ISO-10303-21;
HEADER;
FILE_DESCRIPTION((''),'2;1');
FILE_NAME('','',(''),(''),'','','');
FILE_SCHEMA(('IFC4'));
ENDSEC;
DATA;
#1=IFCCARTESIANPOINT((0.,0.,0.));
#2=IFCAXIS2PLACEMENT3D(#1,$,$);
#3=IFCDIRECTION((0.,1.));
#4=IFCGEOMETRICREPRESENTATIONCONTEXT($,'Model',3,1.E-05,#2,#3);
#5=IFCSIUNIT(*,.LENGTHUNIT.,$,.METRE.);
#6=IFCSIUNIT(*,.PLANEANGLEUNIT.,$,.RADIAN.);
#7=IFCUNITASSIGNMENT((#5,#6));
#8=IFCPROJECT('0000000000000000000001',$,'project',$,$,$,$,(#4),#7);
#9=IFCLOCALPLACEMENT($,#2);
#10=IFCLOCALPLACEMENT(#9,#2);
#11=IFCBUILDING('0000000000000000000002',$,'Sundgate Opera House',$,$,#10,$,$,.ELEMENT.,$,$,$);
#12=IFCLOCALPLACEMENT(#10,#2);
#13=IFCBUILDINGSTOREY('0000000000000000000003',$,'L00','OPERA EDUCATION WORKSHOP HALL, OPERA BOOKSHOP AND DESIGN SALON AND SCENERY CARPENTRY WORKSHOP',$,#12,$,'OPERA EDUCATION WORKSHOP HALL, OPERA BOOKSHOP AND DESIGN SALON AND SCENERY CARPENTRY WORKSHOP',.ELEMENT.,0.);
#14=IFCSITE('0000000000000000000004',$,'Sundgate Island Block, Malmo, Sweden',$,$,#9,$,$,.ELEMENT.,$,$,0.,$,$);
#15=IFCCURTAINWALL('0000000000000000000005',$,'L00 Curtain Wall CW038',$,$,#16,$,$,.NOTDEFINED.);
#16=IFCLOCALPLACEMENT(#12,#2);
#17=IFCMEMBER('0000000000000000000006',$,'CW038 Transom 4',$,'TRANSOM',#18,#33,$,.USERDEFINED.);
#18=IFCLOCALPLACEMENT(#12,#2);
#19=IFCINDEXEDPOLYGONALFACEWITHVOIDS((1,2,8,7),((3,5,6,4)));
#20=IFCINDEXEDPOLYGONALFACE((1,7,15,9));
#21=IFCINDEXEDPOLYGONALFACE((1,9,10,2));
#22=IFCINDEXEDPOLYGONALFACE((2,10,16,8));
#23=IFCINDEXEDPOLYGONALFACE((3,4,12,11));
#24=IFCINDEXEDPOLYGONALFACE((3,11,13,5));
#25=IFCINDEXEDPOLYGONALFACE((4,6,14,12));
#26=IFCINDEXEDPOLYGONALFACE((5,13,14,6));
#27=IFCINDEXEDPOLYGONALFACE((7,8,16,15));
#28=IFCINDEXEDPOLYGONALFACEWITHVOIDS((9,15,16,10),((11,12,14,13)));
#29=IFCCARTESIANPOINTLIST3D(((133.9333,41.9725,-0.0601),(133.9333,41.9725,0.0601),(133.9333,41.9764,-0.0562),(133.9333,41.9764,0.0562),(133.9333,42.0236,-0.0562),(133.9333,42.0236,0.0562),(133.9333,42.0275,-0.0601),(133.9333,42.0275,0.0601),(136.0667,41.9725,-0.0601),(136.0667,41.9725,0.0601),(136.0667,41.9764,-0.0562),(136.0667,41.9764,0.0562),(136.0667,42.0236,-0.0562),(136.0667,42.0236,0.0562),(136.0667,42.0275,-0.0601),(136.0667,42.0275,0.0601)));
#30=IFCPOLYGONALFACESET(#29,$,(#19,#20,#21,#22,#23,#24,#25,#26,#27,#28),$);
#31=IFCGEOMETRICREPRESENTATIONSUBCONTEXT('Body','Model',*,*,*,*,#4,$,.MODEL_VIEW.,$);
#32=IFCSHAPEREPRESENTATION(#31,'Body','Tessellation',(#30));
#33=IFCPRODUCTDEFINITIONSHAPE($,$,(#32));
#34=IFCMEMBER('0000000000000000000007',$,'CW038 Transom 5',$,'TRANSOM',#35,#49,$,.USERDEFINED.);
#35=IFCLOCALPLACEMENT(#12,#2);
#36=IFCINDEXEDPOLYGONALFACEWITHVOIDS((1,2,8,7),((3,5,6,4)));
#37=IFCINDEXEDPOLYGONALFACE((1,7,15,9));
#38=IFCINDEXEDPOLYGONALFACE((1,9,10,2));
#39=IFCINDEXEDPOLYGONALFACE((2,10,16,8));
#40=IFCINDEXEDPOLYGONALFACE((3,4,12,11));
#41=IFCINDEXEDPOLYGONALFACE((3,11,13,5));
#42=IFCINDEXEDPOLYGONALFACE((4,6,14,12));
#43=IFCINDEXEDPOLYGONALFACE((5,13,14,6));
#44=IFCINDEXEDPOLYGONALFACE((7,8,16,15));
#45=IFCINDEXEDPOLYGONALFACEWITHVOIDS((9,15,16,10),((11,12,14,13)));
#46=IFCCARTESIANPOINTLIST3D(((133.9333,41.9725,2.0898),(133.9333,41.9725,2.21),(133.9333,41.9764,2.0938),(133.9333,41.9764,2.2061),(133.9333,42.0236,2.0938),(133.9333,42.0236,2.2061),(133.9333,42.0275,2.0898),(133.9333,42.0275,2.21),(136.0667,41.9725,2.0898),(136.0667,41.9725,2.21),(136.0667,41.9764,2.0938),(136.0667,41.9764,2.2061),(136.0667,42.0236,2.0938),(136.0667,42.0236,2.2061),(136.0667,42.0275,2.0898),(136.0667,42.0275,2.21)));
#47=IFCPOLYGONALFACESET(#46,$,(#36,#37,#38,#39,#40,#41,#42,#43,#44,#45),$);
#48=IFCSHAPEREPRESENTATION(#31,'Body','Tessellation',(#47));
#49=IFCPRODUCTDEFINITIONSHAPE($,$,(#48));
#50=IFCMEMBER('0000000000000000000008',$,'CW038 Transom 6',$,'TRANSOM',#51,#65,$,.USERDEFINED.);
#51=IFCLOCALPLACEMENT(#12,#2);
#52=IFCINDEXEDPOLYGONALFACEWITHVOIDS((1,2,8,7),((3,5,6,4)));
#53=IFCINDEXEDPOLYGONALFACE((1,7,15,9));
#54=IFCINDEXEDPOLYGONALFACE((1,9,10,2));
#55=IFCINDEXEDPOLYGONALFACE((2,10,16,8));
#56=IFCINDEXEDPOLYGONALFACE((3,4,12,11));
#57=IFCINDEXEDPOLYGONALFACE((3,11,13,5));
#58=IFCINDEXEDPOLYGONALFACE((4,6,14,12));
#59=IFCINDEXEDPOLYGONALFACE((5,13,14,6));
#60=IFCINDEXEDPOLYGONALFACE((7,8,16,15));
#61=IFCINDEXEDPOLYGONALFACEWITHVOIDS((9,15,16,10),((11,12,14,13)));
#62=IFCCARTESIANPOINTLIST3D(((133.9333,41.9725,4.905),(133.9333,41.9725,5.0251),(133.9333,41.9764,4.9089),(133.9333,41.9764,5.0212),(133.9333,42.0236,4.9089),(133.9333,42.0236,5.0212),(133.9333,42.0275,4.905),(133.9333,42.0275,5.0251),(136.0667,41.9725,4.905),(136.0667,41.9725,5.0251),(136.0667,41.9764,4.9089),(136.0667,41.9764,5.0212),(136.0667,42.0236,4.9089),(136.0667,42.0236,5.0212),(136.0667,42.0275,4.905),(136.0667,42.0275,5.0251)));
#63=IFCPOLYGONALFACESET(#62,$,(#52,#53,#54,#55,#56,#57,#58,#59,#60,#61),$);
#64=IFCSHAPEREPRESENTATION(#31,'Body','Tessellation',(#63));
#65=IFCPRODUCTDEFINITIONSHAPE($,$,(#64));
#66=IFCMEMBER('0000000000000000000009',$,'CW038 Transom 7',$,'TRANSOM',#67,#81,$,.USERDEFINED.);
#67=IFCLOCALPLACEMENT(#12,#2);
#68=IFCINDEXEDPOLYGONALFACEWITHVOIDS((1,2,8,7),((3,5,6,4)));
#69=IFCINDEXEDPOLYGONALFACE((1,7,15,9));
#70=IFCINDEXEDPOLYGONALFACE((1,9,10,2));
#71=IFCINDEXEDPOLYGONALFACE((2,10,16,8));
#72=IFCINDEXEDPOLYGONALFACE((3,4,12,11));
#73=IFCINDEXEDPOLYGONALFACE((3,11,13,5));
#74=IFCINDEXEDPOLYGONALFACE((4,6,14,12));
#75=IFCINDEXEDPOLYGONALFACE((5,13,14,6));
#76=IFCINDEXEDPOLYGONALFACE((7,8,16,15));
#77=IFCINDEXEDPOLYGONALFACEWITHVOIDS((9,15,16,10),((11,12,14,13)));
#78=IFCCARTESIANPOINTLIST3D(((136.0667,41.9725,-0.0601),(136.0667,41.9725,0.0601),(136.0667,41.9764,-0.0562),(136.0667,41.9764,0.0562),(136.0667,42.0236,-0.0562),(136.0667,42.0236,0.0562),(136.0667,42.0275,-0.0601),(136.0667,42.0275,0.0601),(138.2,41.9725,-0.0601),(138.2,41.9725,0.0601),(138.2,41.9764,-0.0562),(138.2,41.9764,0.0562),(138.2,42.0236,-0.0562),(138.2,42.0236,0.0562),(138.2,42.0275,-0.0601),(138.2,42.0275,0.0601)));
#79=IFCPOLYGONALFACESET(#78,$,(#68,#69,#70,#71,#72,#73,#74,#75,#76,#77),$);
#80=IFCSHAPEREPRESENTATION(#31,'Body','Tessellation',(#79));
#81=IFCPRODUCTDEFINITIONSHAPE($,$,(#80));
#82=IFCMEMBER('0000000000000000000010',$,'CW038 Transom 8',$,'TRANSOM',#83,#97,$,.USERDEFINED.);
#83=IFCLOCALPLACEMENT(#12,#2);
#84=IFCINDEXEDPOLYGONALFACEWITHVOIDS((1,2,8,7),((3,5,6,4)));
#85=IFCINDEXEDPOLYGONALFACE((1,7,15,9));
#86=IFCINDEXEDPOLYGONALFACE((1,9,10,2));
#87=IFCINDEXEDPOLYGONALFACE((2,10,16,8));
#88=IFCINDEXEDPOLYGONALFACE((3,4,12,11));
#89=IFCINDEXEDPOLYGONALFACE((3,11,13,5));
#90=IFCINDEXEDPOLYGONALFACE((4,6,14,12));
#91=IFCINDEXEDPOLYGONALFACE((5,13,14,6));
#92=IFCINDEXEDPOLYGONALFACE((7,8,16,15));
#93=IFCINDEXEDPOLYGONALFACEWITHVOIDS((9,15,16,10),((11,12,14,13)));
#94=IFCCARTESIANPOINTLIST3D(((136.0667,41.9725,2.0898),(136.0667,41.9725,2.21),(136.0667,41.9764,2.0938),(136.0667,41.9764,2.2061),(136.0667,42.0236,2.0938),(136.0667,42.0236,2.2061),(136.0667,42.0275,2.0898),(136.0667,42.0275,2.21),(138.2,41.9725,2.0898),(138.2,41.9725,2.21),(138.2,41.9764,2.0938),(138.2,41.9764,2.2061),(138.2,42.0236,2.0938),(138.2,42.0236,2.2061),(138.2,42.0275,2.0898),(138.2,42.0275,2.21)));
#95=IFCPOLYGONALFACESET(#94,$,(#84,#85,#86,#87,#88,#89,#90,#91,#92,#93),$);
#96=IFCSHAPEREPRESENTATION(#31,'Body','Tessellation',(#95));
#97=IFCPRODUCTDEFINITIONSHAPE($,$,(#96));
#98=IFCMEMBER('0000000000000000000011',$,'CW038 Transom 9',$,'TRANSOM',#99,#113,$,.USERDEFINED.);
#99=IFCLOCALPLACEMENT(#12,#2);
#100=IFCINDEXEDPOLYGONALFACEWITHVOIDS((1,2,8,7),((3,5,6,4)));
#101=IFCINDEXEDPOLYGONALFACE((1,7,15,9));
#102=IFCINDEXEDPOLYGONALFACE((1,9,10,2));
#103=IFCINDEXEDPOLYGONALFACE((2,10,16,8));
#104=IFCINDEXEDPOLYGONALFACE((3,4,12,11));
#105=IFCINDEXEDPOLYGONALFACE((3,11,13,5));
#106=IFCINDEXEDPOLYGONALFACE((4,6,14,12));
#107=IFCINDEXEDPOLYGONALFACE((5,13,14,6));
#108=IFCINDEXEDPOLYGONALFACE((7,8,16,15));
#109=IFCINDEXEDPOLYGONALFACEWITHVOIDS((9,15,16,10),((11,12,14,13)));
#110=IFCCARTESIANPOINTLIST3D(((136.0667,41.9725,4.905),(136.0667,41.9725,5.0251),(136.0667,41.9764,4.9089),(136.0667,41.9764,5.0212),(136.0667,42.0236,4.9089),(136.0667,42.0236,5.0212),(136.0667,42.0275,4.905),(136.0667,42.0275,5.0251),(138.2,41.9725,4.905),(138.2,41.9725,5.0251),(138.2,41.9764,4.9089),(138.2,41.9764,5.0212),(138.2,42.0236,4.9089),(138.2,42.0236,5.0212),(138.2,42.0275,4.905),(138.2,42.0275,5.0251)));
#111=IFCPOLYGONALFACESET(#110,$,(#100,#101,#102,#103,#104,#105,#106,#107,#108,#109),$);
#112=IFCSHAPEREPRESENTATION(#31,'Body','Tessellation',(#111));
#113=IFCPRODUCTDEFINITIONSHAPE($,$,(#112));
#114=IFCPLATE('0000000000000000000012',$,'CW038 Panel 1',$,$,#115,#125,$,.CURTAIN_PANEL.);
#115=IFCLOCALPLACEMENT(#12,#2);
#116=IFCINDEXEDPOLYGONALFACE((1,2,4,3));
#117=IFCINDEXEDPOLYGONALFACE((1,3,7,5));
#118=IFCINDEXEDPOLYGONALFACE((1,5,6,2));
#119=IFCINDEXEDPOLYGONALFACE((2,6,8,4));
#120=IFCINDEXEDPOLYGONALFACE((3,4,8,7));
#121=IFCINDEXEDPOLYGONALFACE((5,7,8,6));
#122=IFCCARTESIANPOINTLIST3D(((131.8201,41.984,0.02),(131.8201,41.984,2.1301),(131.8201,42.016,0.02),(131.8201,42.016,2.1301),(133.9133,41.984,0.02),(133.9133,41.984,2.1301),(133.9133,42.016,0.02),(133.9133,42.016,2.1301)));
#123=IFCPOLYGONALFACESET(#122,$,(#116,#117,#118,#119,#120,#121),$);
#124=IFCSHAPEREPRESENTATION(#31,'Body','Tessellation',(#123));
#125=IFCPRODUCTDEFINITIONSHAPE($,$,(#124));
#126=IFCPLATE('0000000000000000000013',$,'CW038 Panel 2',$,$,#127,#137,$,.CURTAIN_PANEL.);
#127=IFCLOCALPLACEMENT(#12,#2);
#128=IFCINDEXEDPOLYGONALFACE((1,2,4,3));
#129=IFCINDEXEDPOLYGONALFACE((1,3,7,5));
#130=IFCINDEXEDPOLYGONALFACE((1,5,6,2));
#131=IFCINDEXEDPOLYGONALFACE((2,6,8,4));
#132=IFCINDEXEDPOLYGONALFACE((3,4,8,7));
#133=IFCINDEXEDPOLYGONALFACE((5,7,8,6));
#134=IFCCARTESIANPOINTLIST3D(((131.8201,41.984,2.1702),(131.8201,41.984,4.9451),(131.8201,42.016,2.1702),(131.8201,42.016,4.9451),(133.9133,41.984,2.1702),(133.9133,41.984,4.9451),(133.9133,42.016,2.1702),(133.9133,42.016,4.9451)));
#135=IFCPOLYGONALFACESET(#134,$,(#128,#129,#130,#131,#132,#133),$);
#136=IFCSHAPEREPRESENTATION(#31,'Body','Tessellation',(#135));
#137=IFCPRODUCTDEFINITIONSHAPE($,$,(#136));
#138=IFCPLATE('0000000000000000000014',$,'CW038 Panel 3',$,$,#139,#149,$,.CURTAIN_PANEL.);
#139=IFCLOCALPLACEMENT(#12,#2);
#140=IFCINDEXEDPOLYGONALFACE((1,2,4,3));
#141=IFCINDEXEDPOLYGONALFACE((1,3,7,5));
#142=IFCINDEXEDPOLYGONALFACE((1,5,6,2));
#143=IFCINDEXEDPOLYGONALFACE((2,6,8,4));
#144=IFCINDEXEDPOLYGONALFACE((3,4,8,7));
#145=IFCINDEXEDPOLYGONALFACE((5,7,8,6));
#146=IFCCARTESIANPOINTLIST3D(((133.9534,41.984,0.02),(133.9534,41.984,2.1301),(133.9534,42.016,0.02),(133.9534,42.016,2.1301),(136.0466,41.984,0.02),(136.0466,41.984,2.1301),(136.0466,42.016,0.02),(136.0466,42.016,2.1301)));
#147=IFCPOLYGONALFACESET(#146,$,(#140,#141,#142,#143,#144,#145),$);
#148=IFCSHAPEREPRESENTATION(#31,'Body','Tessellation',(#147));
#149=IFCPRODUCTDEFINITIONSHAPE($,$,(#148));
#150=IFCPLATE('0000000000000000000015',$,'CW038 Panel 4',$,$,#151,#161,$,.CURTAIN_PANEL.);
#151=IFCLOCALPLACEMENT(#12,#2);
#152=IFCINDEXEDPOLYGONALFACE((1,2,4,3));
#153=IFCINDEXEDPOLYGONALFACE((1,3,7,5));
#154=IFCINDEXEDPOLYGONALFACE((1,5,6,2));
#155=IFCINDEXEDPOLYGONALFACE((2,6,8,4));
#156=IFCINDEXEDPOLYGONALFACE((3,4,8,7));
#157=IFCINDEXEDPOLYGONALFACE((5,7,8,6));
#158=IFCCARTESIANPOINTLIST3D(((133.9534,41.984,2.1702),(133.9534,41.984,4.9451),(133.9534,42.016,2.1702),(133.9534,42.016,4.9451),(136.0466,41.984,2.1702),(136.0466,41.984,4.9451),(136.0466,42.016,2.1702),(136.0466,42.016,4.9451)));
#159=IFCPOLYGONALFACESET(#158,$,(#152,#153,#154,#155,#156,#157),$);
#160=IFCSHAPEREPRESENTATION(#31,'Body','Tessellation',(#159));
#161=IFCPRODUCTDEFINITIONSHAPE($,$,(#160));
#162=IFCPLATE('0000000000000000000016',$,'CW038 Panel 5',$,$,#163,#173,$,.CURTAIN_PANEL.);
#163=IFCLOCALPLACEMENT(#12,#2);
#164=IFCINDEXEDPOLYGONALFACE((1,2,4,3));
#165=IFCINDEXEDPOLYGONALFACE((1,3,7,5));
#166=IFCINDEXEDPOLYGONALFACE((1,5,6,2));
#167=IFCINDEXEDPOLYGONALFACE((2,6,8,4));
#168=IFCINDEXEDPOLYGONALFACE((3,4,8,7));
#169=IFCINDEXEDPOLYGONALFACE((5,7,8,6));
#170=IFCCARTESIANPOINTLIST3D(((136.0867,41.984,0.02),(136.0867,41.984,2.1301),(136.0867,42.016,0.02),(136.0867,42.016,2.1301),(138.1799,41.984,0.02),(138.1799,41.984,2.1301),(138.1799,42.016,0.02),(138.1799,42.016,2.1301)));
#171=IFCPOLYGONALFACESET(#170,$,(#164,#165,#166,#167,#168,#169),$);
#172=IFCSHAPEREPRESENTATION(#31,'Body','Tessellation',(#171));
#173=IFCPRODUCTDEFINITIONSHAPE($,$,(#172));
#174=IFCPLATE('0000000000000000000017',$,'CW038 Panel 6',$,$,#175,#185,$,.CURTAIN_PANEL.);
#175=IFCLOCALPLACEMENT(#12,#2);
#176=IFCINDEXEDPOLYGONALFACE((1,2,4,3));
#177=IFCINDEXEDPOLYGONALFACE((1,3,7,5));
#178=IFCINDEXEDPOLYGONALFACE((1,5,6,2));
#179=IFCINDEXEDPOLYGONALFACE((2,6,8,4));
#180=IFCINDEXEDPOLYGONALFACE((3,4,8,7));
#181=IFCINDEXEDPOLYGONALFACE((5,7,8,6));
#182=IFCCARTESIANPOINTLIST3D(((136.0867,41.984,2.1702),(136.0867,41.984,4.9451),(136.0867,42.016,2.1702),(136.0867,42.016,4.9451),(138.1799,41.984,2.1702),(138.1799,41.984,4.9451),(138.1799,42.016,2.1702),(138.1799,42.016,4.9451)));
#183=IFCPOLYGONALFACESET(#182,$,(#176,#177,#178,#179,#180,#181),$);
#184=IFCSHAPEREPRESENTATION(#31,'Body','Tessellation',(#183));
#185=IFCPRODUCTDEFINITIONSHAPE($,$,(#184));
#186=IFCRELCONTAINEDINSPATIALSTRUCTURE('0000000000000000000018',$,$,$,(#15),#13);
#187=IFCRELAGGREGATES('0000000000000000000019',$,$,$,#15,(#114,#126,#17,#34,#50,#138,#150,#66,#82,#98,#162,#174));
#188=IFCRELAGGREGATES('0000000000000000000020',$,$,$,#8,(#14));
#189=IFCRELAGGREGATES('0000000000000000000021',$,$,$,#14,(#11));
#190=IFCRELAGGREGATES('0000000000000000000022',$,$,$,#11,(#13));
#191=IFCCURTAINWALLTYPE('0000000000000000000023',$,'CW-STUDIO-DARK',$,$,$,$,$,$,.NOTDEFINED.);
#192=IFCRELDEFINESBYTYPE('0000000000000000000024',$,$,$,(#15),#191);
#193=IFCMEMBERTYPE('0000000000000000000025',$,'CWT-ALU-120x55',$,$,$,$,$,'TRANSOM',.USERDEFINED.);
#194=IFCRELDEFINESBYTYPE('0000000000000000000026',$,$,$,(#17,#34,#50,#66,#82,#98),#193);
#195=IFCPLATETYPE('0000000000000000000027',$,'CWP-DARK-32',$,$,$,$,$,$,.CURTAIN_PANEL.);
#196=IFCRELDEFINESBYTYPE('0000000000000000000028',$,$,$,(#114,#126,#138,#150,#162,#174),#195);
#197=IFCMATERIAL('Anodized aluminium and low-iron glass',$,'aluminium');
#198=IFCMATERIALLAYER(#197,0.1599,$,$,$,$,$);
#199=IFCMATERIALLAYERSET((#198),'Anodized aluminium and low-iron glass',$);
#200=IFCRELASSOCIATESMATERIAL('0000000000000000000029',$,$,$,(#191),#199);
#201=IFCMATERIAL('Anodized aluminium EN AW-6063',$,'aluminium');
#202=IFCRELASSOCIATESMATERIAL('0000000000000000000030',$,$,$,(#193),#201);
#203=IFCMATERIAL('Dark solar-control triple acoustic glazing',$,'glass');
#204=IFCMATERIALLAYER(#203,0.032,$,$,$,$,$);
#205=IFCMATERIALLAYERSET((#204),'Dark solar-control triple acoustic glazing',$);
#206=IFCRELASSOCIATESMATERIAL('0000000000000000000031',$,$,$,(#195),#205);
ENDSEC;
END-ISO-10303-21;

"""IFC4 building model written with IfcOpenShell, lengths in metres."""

from ifc_helpers import new_model, si_unit, direction, frame, origin, origin_2d, place, context, subcontext, project, spatial, rectangle, hollow_rectangle, extrude, material, layer, layer_set, material_profile, profile_set, type_object, element, aggregate, save


model = new_model("IFC4")

# Units and contexts
model_context = context("Model", 3, precision=1e-05, world=origin(), true_north=direction((0.0, 1.0)))
body_context = subcontext(model_context, "Body", "Model", "MODEL_VIEW")
ifc_project = project(units=[si_unit("LENGTHUNIT", "METRE"), si_unit("PLANEANGLEUNIT", "RADIAN")], contexts=[model_context])

# Site, building, storey
site_placement = place(None, origin())
site = spatial("IfcSite", under=ifc_project, at=site_placement, Name="Sundgate Island Block, Malmo, Sweden", CompositionType="ELEMENT", RefElevation=0.0)
building_placement = place(site_placement, origin())
building = spatial("IfcBuilding", under=site, at=building_placement, Name="Sundgate Opera House", CompositionType="ELEMENT")
storey_placement = place(building_placement, origin())
storey = spatial("IfcBuildingStorey", under=building, at=storey_placement, Name="L00", Description="OPERA EDUCATION WORKSHOP HALL, OPERA BOOKSHOP AND DESIGN SALON AND SCENERY CARPENTRY WORKSHOP", LongName="OPERA EDUCATION WORKSHOP HALL, OPERA BOOKSHOP AND DESIGN SALON AND SCENERY CARPENTRY WORKSHOP", CompositionType="ELEMENT", Elevation=0.0)

# Shared definitions
ifc_material_1 = material(Name="Anodized aluminium and low-iron glass", Category="aluminium")
ifc_layer_1 = layer(ifc_material_1, 0.1599)
ifc_layer_set_1 = layer_set([ifc_layer_1], Name="Anodized aluminium and low-iron glass")
curtain_wall_type = type_object("IfcCurtainWallType", Name="CW-STUDIO-DARK", PredefinedType="NOTDEFINED", material=ifc_layer_set_1)

# Curtain wall, members, plates
curtain_wall_1_placement = place(storey_placement, origin())
curtain_wall_1 = element("IfcCurtainWall", 1, at=curtain_wall_1_placement, inside=storey, type_object=curtain_wall_type, Name="L00 Curtain Wall CW038", PredefinedType="NOTDEFINED")
ifc_material_2 = material(Name="Anodized aluminium EN AW-6063", Category="aluminium")
ifc_material_profile_1 = material_profile(ifc_material_2, hollow_rectangle(XDim=0.0549, YDim=0.1201, WallThickness=0.0039, at=origin_2d()), Name="CWT 120x55x4")
ifc_profile_set_1 = profile_set([ifc_material_profile_1], Name="Anodized aluminium EN AW-6063")
member_type_1 = type_object("IfcMemberType", Name="CWT-ALU-120x55", ElementType="TRANSOM", PredefinedType="USERDEFINED", material=ifc_profile_set_1)
member_1_placement = place(storey_placement, frame((133.9333, 42.0, 0.0), z_axis=(1.0, 0.0, 0.0), x_axis=(0.0, 1.0, 0.0)))
member_1 = element("IfcMember", 2, at=member_1_placement, type_object=member_type_1, Name="CW038 Transom 4", ObjectType="TRANSOM", PredefinedType="USERDEFINED", context=body_context, shape_type="SweptSolid", body=[
    extrude(hollow_rectangle(XDim=0.0549, YDim=0.1201, WallThickness=0.0039, at=origin_2d()), origin(), (0.0, 0.0, 1.0), 2.1333),
])
member_2_placement = place(storey_placement, frame((133.9333, 42.0, 2.1499), z_axis=(1.0, 0.0, 0.0), x_axis=(0.0, 1.0, 0.0)))
member_2 = element("IfcMember", 3, at=member_2_placement, type_object=member_type_1, Name="CW038 Transom 5", ObjectType="TRANSOM", PredefinedType="USERDEFINED", context=body_context, shape_type="SweptSolid", body=[
    extrude(hollow_rectangle(XDim=0.0549, YDim=0.1201, WallThickness=0.0039, at=origin_2d()), origin(), (0.0, 0.0, 1.0), 2.1333),
])
member_3_placement = place(storey_placement, frame((133.9333, 42.0, 4.9651), z_axis=(1.0, 0.0, 0.0), x_axis=(0.0, 1.0, 0.0)))
member_3 = element("IfcMember", 4, at=member_3_placement, type_object=member_type_1, Name="CW038 Transom 6", ObjectType="TRANSOM", PredefinedType="USERDEFINED", context=body_context, shape_type="SweptSolid", body=[
    extrude(hollow_rectangle(XDim=0.0549, YDim=0.1201, WallThickness=0.0039, at=origin_2d()), origin(), (0.0, 0.0, 1.0), 2.1333),
])
member_4_placement = place(storey_placement, frame((136.0667, 42.0, 0.0), z_axis=(1.0, 0.0, 0.0), x_axis=(0.0, 1.0, 0.0)))
member_4 = element("IfcMember", 5, at=member_4_placement, type_object=member_type_1, Name="CW038 Transom 7", ObjectType="TRANSOM", PredefinedType="USERDEFINED", context=body_context, shape_type="SweptSolid", body=[
    extrude(hollow_rectangle(XDim=0.0549, YDim=0.1201, WallThickness=0.0039, at=origin_2d()), origin(), (0.0, 0.0, 1.0), 2.1333),
])
member_5_placement = place(storey_placement, frame((136.0667, 42.0, 2.1499), z_axis=(1.0, 0.0, 0.0), x_axis=(0.0, 1.0, 0.0)))
member_5 = element("IfcMember", 6, at=member_5_placement, type_object=member_type_1, Name="CW038 Transom 8", ObjectType="TRANSOM", PredefinedType="USERDEFINED", context=body_context, shape_type="SweptSolid", body=[
    extrude(hollow_rectangle(XDim=0.0549, YDim=0.1201, WallThickness=0.0039, at=origin_2d()), origin(), (0.0, 0.0, 1.0), 2.1333),
])
member_6_placement = place(storey_placement, frame((136.0667, 42.0, 4.9651), z_axis=(1.0, 0.0, 0.0), x_axis=(0.0, 1.0, 0.0)))
member_6 = element("IfcMember", 7, at=member_6_placement, type_object=member_type_1, Name="CW038 Transom 9", ObjectType="TRANSOM", PredefinedType="USERDEFINED", context=body_context, shape_type="SweptSolid", body=[
    extrude(hollow_rectangle(XDim=0.0549, YDim=0.1201, WallThickness=0.0039, at=origin_2d()), origin(), (0.0, 0.0, 1.0), 2.1333),
])
ifc_material_3 = material(Name="Dark solar-control triple acoustic glazing", Category="glass")
ifc_layer_2 = layer(ifc_material_3, 0.032)
ifc_layer_set_2 = layer_set([ifc_layer_2], Name="Dark solar-control triple acoustic glazing")
plate_type_1 = type_object("IfcPlateType", Name="CWP-DARK-32", PredefinedType="CURTAIN_PANEL", material=ifc_layer_set_2)
plate_1_placement = place(storey_placement, frame((132.8667, 42.0, 0.02), z_axis=(0.0, 0.0, 1.0), x_axis=(1.0, 0.0, 0.0)))
plate_1 = element("IfcPlate", 8, at=plate_1_placement, type_object=plate_type_1, Name="CW038 Panel 1", PredefinedType="CURTAIN_PANEL", context=body_context, shape_type="SweptSolid", body=[
    extrude(rectangle(XDim=2.0933, YDim=0.032, at=origin_2d()), origin(), (0.0, 0.0, 1.0), 2.1101),
])
plate_2_placement = place(storey_placement, frame((132.8667, 42.0, 2.1702), z_axis=(0.0, 0.0, 1.0), x_axis=(1.0, 0.0, 0.0)))
plate_2 = element("IfcPlate", 9, at=plate_2_placement, type_object=plate_type_1, Name="CW038 Panel 2", PredefinedType="CURTAIN_PANEL", context=body_context, shape_type="SweptSolid", body=[
    extrude(rectangle(XDim=2.0933, YDim=0.032, at=origin_2d()), origin(), (0.0, 0.0, 1.0), 2.7749),
])
plate_3_placement = place(storey_placement, frame((135.0, 42.0, 0.02), z_axis=(0.0, 0.0, 1.0), x_axis=(1.0, 0.0, 0.0)))
plate_3 = element("IfcPlate", 10, at=plate_3_placement, type_object=plate_type_1, Name="CW038 Panel 3", PredefinedType="CURTAIN_PANEL", context=body_context, shape_type="SweptSolid", body=[
    extrude(rectangle(XDim=2.0933, YDim=0.032, at=origin_2d()), origin(), (0.0, 0.0, 1.0), 2.1101),
])
plate_4_placement = place(storey_placement, frame((135.0, 42.0, 2.1702), z_axis=(0.0, 0.0, 1.0), x_axis=(1.0, 0.0, 0.0)))
plate_4 = element("IfcPlate", 11, at=plate_4_placement, type_object=plate_type_1, Name="CW038 Panel 4", PredefinedType="CURTAIN_PANEL", context=body_context, shape_type="SweptSolid", body=[
    extrude(rectangle(XDim=2.0933, YDim=0.032, at=origin_2d()), origin(), (0.0, 0.0, 1.0), 2.7749),
])
plate_5_placement = place(storey_placement, frame((137.1333, 42.0, 0.02), z_axis=(0.0, 0.0, 1.0), x_axis=(1.0, 0.0, 0.0)))
plate_5 = element("IfcPlate", 12, at=plate_5_placement, type_object=plate_type_1, Name="CW038 Panel 5", PredefinedType="CURTAIN_PANEL", context=body_context, shape_type="SweptSolid", body=[
    extrude(rectangle(XDim=2.0933, YDim=0.032, at=origin_2d()), origin(), (0.0, 0.0, 1.0), 2.1101),
])
plate_6_placement = place(storey_placement, frame((137.1333, 42.0, 2.1702), z_axis=(0.0, 0.0, 1.0), x_axis=(1.0, 0.0, 0.0)))
plate_6 = element("IfcPlate", 13, at=plate_6_placement, type_object=plate_type_1, Name="CW038 Panel 6", PredefinedType="CURTAIN_PANEL", context=body_context, shape_type="SweptSolid", body=[
    extrude(rectangle(XDim=2.0933, YDim=0.032, at=origin_2d()), origin(), (0.0, 0.0, 1.0), 2.7749),
])
aggregate(curtain_wall_1, [plate_1, plate_2, member_1, member_2, member_3, plate_3, plate_4, member_4, member_5, member_6, plate_5, plate_6])

save(model, "model.ifc")
